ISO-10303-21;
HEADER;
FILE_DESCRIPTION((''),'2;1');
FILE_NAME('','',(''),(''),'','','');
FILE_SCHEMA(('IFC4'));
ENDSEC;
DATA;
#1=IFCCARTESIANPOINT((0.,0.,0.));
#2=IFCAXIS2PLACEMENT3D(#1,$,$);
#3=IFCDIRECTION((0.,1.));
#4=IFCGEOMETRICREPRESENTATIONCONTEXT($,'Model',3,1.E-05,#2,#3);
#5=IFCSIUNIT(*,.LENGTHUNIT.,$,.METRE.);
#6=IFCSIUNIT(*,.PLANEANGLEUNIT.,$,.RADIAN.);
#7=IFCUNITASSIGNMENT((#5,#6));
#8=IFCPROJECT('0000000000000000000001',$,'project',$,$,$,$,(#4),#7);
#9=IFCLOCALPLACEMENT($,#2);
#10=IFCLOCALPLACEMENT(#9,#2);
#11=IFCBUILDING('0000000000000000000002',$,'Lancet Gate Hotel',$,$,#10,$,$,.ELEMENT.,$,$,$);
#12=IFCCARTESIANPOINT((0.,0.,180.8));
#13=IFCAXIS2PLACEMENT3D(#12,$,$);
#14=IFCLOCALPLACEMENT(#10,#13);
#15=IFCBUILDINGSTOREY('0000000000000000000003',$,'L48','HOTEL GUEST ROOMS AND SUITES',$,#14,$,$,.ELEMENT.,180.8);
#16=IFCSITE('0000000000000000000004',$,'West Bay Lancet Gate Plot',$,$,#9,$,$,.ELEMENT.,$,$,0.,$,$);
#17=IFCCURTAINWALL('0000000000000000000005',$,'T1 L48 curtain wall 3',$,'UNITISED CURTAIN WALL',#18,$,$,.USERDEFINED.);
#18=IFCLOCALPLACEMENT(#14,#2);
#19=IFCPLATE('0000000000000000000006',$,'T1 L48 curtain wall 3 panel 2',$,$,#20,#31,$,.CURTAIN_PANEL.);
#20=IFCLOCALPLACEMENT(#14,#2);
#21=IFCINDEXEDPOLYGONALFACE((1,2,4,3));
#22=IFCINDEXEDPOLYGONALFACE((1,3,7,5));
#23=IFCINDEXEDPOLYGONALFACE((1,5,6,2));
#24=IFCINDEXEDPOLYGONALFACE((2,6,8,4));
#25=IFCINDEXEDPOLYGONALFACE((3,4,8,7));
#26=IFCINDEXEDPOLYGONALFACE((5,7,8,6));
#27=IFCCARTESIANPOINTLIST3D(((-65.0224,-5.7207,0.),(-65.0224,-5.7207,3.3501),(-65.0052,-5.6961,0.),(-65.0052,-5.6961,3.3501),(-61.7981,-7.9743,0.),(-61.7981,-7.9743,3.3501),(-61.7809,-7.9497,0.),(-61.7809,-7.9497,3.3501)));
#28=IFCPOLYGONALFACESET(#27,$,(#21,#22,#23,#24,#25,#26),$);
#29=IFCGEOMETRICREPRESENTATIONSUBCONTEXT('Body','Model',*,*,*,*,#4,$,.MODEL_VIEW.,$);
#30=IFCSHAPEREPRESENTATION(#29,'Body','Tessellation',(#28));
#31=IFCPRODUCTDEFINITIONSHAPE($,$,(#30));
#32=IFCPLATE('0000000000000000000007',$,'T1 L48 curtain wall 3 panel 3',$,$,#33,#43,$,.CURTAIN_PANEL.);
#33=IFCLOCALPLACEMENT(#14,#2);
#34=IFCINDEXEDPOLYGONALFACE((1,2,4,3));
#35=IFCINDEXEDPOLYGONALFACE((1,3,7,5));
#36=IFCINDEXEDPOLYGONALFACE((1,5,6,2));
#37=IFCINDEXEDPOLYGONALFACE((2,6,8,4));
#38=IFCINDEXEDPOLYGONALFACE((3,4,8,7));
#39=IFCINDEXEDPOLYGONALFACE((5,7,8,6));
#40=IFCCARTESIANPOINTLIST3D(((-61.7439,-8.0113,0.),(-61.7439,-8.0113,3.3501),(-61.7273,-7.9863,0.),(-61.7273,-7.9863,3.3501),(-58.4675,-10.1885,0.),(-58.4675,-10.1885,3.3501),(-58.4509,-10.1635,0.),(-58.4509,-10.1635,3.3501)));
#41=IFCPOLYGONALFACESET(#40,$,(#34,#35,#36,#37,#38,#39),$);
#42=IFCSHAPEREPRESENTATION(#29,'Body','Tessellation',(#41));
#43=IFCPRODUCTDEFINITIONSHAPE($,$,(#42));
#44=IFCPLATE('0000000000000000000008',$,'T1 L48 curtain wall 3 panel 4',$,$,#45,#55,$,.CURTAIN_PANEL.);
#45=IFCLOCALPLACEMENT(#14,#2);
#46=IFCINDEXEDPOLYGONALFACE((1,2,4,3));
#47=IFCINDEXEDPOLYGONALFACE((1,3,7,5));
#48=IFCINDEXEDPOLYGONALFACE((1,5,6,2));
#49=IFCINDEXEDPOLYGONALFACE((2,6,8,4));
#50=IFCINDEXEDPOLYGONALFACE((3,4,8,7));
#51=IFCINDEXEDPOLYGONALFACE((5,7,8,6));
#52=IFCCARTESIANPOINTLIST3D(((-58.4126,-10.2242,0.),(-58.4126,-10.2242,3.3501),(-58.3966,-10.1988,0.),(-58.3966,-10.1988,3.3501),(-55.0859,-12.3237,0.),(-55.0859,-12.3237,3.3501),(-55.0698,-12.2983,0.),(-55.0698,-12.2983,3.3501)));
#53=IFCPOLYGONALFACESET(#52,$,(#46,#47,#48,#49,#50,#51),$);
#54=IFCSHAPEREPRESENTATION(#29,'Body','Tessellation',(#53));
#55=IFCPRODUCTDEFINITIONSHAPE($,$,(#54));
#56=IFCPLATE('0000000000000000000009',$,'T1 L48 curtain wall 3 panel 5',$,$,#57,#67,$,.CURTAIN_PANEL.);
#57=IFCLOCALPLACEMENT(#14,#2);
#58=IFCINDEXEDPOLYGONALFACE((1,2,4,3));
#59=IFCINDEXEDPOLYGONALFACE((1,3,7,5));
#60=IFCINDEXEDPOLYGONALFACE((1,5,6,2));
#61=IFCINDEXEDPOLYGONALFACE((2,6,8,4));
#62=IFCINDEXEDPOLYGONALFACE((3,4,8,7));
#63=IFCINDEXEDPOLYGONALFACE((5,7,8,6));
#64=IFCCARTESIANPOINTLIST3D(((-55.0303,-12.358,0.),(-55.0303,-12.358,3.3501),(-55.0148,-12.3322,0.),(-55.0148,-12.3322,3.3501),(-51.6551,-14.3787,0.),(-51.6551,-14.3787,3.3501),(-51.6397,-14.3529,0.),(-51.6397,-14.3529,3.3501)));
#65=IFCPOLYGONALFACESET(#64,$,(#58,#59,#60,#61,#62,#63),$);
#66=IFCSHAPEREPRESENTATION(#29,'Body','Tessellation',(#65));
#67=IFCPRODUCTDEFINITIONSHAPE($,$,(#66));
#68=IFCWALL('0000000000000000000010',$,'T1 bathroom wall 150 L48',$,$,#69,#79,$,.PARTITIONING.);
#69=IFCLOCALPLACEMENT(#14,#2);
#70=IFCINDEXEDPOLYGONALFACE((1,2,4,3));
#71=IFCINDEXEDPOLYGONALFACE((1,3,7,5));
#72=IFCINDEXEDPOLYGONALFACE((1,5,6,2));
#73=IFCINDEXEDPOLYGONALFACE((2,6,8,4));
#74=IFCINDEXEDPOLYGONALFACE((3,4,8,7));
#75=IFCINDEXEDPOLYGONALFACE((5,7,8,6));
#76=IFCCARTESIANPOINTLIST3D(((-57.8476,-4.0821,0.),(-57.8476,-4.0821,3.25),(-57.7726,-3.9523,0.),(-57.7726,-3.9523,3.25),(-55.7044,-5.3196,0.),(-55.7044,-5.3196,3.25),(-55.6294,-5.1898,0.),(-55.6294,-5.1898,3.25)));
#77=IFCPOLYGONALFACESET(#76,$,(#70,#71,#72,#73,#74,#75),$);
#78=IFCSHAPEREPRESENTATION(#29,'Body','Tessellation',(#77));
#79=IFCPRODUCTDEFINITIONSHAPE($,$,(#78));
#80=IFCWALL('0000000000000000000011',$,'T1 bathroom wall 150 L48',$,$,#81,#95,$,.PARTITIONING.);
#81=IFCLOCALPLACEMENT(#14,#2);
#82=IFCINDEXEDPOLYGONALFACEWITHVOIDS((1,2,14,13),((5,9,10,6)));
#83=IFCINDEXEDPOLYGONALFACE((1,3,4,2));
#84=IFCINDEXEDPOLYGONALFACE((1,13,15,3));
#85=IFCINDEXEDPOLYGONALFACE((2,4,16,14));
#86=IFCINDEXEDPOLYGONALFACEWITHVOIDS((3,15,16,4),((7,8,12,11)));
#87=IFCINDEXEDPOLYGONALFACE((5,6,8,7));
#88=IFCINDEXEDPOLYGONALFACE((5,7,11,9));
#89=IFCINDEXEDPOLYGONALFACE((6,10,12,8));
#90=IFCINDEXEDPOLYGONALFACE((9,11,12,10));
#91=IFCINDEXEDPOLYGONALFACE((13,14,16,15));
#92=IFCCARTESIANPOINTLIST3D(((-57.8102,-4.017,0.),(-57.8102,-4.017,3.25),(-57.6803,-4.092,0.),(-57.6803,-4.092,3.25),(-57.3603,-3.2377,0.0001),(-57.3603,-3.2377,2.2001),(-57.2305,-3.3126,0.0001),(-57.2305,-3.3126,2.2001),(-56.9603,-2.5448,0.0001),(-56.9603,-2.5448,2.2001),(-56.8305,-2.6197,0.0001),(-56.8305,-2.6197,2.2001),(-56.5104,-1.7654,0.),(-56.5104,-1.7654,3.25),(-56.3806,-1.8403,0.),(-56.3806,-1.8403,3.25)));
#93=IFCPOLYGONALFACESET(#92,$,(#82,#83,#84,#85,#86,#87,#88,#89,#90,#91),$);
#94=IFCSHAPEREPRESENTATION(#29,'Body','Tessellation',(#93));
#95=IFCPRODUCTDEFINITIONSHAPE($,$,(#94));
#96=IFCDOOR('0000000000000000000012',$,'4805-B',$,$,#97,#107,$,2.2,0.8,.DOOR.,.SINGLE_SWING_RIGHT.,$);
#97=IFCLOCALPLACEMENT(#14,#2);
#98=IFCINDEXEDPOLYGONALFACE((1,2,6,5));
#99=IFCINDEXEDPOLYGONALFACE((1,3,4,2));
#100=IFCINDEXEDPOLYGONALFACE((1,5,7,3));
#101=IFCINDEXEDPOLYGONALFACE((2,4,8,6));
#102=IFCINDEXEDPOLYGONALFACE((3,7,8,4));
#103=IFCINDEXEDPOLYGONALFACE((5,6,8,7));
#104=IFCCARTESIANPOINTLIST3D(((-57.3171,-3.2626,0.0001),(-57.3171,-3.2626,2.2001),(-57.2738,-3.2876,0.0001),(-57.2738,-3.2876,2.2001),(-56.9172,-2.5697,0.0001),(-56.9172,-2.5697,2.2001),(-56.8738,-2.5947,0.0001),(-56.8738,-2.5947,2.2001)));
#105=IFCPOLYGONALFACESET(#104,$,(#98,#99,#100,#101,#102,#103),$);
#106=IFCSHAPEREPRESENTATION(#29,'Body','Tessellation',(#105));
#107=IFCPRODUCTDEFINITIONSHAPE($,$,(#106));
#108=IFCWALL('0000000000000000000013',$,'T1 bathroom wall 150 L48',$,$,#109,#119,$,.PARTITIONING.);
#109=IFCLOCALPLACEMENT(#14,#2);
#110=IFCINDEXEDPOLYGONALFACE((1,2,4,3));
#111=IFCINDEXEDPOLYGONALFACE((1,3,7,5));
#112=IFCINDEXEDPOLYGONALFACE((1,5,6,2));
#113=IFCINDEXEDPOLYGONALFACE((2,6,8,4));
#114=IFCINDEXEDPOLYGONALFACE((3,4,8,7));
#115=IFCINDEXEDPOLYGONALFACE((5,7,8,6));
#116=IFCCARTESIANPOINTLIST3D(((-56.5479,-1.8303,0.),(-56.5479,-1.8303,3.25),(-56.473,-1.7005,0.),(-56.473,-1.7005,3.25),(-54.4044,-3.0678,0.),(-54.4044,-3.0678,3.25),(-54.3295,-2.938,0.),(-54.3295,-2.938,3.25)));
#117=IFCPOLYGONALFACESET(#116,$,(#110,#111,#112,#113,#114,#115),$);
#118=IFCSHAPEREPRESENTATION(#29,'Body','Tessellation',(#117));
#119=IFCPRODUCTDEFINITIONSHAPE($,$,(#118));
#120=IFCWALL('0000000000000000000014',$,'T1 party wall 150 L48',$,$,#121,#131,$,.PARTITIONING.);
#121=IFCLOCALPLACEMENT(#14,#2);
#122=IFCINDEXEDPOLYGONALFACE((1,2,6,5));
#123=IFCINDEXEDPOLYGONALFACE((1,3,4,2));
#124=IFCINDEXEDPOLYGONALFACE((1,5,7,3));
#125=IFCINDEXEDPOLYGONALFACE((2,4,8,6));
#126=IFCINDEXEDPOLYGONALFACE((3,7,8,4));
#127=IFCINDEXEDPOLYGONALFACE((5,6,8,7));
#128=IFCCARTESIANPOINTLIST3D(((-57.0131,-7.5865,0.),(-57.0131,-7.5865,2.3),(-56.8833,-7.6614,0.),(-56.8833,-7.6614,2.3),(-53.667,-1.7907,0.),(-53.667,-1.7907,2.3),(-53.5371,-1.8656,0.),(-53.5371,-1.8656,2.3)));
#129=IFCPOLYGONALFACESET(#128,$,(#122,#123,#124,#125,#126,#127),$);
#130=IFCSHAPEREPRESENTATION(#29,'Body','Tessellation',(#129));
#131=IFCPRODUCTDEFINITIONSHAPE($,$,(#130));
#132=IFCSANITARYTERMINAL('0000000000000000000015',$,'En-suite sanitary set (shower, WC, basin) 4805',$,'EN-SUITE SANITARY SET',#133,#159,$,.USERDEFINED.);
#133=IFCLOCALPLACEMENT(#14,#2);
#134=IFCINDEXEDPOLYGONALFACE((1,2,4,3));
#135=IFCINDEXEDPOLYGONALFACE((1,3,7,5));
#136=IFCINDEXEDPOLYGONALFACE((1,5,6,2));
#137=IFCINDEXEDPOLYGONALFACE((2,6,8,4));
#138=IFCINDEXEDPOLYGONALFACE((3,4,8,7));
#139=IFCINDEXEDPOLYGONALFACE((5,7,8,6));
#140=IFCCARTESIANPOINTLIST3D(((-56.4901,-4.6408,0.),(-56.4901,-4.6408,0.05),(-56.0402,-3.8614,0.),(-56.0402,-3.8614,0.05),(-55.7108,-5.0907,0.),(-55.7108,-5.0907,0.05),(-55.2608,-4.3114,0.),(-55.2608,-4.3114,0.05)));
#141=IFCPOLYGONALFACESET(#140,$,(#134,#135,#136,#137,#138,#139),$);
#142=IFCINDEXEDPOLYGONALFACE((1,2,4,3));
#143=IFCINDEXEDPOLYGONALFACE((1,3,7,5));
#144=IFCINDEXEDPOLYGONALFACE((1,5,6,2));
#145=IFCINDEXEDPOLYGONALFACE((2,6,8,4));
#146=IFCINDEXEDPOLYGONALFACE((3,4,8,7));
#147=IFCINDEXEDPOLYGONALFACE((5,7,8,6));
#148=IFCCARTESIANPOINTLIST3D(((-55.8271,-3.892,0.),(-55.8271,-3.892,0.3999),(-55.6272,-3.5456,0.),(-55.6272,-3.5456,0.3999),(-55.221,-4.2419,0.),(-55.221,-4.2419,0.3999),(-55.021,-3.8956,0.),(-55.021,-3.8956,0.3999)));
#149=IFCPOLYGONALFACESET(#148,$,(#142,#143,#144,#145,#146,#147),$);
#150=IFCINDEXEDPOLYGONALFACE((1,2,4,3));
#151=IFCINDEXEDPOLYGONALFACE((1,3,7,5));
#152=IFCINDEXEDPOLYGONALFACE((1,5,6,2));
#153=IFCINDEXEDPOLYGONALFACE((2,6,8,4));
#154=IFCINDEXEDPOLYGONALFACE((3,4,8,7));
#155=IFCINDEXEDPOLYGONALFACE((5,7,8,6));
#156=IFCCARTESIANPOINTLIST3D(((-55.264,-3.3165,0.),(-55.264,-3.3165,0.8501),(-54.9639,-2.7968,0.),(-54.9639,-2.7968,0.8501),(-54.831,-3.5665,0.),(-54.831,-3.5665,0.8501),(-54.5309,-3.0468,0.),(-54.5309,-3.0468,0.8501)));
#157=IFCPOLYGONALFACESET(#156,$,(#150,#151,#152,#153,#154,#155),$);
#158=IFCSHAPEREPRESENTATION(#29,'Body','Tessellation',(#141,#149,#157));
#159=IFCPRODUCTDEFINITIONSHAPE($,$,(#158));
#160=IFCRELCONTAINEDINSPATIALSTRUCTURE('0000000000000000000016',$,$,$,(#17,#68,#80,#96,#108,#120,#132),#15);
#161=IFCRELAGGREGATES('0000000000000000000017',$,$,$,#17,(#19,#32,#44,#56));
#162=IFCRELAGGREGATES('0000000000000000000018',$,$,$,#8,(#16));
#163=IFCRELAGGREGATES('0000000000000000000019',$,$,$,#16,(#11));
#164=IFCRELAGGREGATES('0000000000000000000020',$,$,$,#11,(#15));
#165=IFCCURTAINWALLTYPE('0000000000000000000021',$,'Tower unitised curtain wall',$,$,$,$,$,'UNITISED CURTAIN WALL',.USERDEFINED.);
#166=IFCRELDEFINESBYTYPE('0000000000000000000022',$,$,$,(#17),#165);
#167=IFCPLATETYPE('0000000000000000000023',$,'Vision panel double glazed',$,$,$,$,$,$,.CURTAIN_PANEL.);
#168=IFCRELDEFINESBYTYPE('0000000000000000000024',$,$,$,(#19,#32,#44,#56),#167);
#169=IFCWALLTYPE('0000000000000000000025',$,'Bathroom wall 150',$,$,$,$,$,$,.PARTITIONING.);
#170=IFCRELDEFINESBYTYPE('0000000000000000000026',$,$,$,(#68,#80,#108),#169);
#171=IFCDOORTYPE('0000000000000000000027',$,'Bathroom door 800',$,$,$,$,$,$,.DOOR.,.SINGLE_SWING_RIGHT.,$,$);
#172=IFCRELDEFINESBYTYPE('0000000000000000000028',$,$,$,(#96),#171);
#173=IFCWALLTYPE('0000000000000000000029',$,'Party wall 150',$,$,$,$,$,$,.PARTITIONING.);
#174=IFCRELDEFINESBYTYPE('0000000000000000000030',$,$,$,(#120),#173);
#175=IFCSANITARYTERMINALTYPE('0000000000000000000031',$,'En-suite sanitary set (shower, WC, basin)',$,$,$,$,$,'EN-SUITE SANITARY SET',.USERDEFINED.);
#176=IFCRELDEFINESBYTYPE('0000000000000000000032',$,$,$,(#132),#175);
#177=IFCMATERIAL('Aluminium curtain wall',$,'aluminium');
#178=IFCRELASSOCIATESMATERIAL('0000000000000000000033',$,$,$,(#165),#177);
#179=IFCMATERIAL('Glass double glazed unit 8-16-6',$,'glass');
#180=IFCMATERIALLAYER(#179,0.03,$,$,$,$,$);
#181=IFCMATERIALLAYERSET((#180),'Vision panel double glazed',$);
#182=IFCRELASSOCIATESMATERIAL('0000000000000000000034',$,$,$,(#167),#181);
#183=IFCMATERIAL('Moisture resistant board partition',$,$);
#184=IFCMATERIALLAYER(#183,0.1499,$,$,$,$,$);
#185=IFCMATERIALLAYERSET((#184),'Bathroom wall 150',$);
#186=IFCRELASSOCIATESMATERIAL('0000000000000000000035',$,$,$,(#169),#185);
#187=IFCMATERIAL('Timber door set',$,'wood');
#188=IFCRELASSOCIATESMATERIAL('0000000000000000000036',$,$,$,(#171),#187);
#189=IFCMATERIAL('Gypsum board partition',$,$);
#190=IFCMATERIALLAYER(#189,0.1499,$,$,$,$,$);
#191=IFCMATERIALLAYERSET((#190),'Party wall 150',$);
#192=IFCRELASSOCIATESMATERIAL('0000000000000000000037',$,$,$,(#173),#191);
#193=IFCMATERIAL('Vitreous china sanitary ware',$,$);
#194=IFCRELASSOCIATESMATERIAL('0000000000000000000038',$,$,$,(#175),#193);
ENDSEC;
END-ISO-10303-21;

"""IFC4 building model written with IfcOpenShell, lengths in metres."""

from ifc_helpers import new_model, si_unit, direction, frame, frame_2d, origin, origin_2d, place, context, subcontext, project, spatial, rectangle, extrude, material, layer, layer_set, type_object, element, fill, aggregate, save


model = new_model("IFC4")

# Units and contexts
model_context = context("Model", 3, precision=1e-05, world=origin(), true_north=direction((0.0, 1.0)))
body_context = subcontext(model_context, "Body", "Model", "MODEL_VIEW")
ifc_project = project(units=[si_unit("LENGTHUNIT", "METRE"), si_unit("PLANEANGLEUNIT", "RADIAN")], contexts=[model_context])

# Site, building, storey
site_placement = place(None, origin())
site = spatial("IfcSite", under=ifc_project, at=site_placement, Name="West Bay Lancet Gate Plot", CompositionType="ELEMENT", RefElevation=0.0)
building_placement = place(site_placement, origin())
building = spatial("IfcBuilding", under=site, at=building_placement, Name="Lancet Gate Hotel", CompositionType="ELEMENT")
storey_placement = place(building_placement, frame((0.0, 0.0, 180.8)))
storey = spatial("IfcBuildingStorey", under=building, at=storey_placement, Name="L48", Description="HOTEL GUEST ROOMS AND SUITES", CompositionType="ELEMENT", Elevation=180.8)

# Curtain wall
ifc_material_1 = material(Name="Aluminium curtain wall", Category="aluminium")
curtain_wall_type = type_object("IfcCurtainWallType", Name="Tower unitised curtain wall", ElementType="UNITISED CURTAIN WALL", PredefinedType="USERDEFINED", material=ifc_material_1)
curtain_wall_placement = place(storey_placement, origin())
curtain_wall = element("IfcCurtainWall", 1, at=curtain_wall_placement, inside=storey, type_object=curtain_wall_type, Name="T1 L48 curtain wall 3", ObjectType="UNITISED CURTAIN WALL", PredefinedType="USERDEFINED")

# Plates
ifc_material_2 = material(Name="Glass double glazed unit 8-16-6", Category="glass")
ifc_layer_1 = layer(ifc_material_2, 0.03)
ifc_layer_set_1 = layer_set([ifc_layer_1], Name="Vision panel double glazed")
plate_type = type_object("IfcPlateType", Name="Vision panel double glazed", PredefinedType="CURTAIN_PANEL", material=ifc_layer_set_1)
plate_1_placement = place(storey_placement, frame((-63.4016, -6.8352, 0.0), z_axis=(0.0, 0.0, 1.0), x_axis=(0.819631, -0.572892, 0.0)))
plate_1 = element("IfcPlate", 2, at=plate_1_placement, type_object=plate_type, Name="T1 L48 curtain wall 3 panel 2", PredefinedType="CURTAIN_PANEL", context=body_context, shape_type="SweptSolid", body=[
    extrude(rectangle(XDim=3.9338, YDim=0.03, at=origin_2d()), origin(), (0.0, 0.0, 1.0), 3.3501),
])
plate_2_placement = place(storey_placement, frame((-60.0974, -9.0874, 0.0), z_axis=(0.0, 0.0, 1.0), x_axis=(0.832879, -0.553455, 0.0)))
plate_2 = element("IfcPlate", 3, at=plate_2_placement, type_object=plate_type, Name="T1 L48 curtain wall 3 panel 3", PredefinedType="CURTAIN_PANEL", context=body_context, shape_type="SweptSolid", body=[
    extrude(rectangle(XDim=3.9338, YDim=0.03, at=origin_2d()), origin(), (0.0, 0.0, 1.0), 3.3501),
])
plate_3_placement = place(storey_placement, frame((-56.7412, -11.2612, 0.0), z_axis=(0.0, 0.0, 1.0), x_axis=(0.845667, -0.533711, 0.0)))
plate_3 = element("IfcPlate", 4, at=plate_3_placement, type_object=plate_type, Name="T1 L48 curtain wall 3 panel 4", PredefinedType="CURTAIN_PANEL", context=body_context, shape_type="SweptSolid", body=[
    extrude(rectangle(XDim=3.9338, YDim=0.03, at=origin_2d()), origin(), (0.0, 0.0, 1.0), 3.3501),
])
plate_4_placement = place(storey_placement, frame((-53.335, -13.3555, 0.0), z_axis=(0.0, 0.0, 1.0), x_axis=(0.857987, -0.513672, 0.0)))
plate_4 = element("IfcPlate", 5, at=plate_4_placement, type_object=plate_type, Name="T1 L48 curtain wall 3 panel 5", PredefinedType="CURTAIN_PANEL", context=body_context, shape_type="SweptSolid", body=[
    extrude(rectangle(XDim=3.9338, YDim=0.03, at=origin_2d()), origin(), (0.0, 0.0, 1.0), 3.3501),
])
aggregate(curtain_wall, [plate_1, plate_2, plate_3, plate_4])

# Wall
ifc_material_3 = material(Name="Moisture resistant board partition")
ifc_layer_2 = layer(ifc_material_3, 0.1499)
ifc_layer_set_2 = layer_set([ifc_layer_2], Name="Bathroom wall 150")
wall_type_1 = type_object("IfcWallType", Name="Bathroom wall 150", PredefinedType="PARTITIONING", material=ifc_layer_set_2)
wall_1_placement = place(storey_placement, frame((-55.667, -5.2546, 0.0), z_axis=(0.0, 0.0, 1.0), x_axis=(-0.866007, 0.500033, 0.0)))
element("IfcWall", 6, at=wall_1_placement, inside=storey, type_object=wall_type_1, Name="T1 bathroom wall 150 L48", PredefinedType="PARTITIONING", context=body_context, shape_type="SweptSolid", body=[
    extrude(rectangle(XDim=2.4749, YDim=0.1499, at=frame_2d((1.2373, 0.0))), origin(), (0.0, 0.0, 1.0), 3.25),
])

# Wall, opening, door
wall_2_placement = place(storey_placement, frame((-56.4456, -1.803, 0.0), z_axis=(0.0, 0.0, 1.0), x_axis=(-0.499937, -0.866062, 0.0)))
wall_2 = element("IfcWall", 7, at=wall_2_placement, inside=storey, type_object=wall_type_1, Name="T1 bathroom wall 150 L48", PredefinedType="PARTITIONING", context=body_context, shape_type="SweptSolid", body=[
    extrude(rectangle(XDim=2.5999, YDim=0.1499, at=frame_2d((1.2998, 0.0))), origin(), (0.0, 0.0, 1.0), 3.25),
])
opening_placement = place(wall_2_placement, frame((0.8999, 0.0, 0.0)))
opening = element("IfcOpeningElement", 8, at=opening_placement, cuts=wall_2, PredefinedType="OPENING", context=body_context, shape_type="SweptSolid", body=[
    extrude(rectangle(XDim=0.8, YDim=2.2, at=frame_2d((0.3999, 1.1001))), frame((0.0, 0.085, 0.0), z_axis=(0.0, -1.0, 0.0), x_axis=(1.0, 0.0, 0.0)), (0.0, 0.0, 1.0), 0.1699),
])
ifc_material_4 = material(Name="Timber door set", Category="wood")
door_type = type_object("IfcDoorType", Name="Bathroom door 800", OperationType="SINGLE_SWING_RIGHT", PredefinedType="DOOR", material=ifc_material_4)
door_placement = place(opening_placement, origin())
door = element("IfcDoor", 9, at=door_placement, inside=storey, type_object=door_type, Name="4805-B", OperationType="SINGLE_SWING_RIGHT", OverallHeight=2.2, OverallWidth=0.8, PredefinedType="DOOR", context=body_context, shape_type="SweptSolid", body=[
    extrude(rectangle(XDim=0.8, YDim=2.2, at=frame_2d((0.3999, 1.1001))), frame((0.0, 0.0249, 0.0), z_axis=(0.0, -1.0, 0.0), x_axis=(1.0, 0.0, 0.0)), (0.0, 0.0, 1.0), 0.05),
])
fill(opening, door)

# Walls
wall_3_placement = place(storey_placement, frame((-54.3669, -3.0029, 0.0), z_axis=(0.0, 0.0, 1.0), x_axis=(-0.866031, 0.49999, 0.0)))
element("IfcWall", 10, at=wall_3_placement, inside=storey, type_object=wall_type_1, Name="T1 bathroom wall 150 L48", PredefinedType="PARTITIONING", context=body_context, shape_type="SweptSolid", body=[
    extrude(rectangle(XDim=2.4751, YDim=0.1499, at=frame_2d((1.2375, 0.0))), origin(), (0.0, 0.0, 1.0), 3.25),
])
ifc_material_5 = material(Name="Gypsum board partition")
ifc_layer_3 = layer(ifc_material_5, 0.1499)
ifc_layer_set_3 = layer_set([ifc_layer_3], Name="Party wall 150")
wall_type_2 = type_object("IfcWallType", Name="Party wall 150", PredefinedType="PARTITIONING", material=ifc_layer_set_3)
wall_4_placement = place(storey_placement, frame((-53.6021, -1.8281, 0.0), z_axis=(0.0, 0.0, 1.0), x_axis=(-0.499992, -0.86603, 0.0)))
element("IfcWall", 11, at=wall_4_placement, inside=storey, type_object=wall_type_2, Name="T1 party wall 150 L48", PredefinedType="PARTITIONING", context=body_context, shape_type="SweptSolid", body=[
    extrude(rectangle(XDim=6.6924, YDim=0.1499, at=frame_2d((3.3462, 0.0))), origin(), (0.0, 0.0, 1.0), 2.3),
])

# Sanitary terminal
ifc_material_6 = material(Name="Vitreous china sanitary ware")
sanitary_terminal_type = type_object("IfcSanitaryTerminalType", Name="En-suite sanitary set (shower, WC, basin)", ElementType="EN-SUITE SANITARY SET", PredefinedType="USERDEFINED", material=ifc_material_6)
sanitary_terminal_placement = place(storey_placement, frame((-55.8755, -4.4761, 0.0), z_axis=(0.0, 0.0, 1.0), x_axis=(1.0, 0.0, 0.0)))
element("IfcSanitaryTerminal", 12, at=sanitary_terminal_placement, inside=storey, type_object=sanitary_terminal_type, Name="En-suite sanitary set (shower, WC, basin) 4805", ObjectType="EN-SUITE SANITARY SET", PredefinedType="USERDEFINED", context=body_context, shape_type="SweptSolid", body=[
    extrude(rectangle(XDim=0.8999, YDim=0.8999, at=origin_2d()), frame((0.0, 0.0, 0.0), z_axis=(0.0, 0.0, 1.0), x_axis=(-0.5, -0.866025, 0.0)), (0.0, 0.0, 1.0), 0.05),
    extrude(rectangle(XDim=0.3999, YDim=0.7, at=origin_2d()), frame((0.4514, 0.5823, 0.0), z_axis=(0.0, 0.0, 1.0), x_axis=(-0.5, -0.866025, 0.0)), (0.0, 0.0, 1.0), 0.3999),
    extrude(rectangle(XDim=0.6001, YDim=0.5, at=origin_2d()), frame((0.978, 1.2944, 0.0), z_axis=(0.0, 0.0, 1.0), x_axis=(-0.5, -0.866025, 0.0)), (0.0, 0.0, 1.0), 0.8501),
])

save(model, "model.ifc")
